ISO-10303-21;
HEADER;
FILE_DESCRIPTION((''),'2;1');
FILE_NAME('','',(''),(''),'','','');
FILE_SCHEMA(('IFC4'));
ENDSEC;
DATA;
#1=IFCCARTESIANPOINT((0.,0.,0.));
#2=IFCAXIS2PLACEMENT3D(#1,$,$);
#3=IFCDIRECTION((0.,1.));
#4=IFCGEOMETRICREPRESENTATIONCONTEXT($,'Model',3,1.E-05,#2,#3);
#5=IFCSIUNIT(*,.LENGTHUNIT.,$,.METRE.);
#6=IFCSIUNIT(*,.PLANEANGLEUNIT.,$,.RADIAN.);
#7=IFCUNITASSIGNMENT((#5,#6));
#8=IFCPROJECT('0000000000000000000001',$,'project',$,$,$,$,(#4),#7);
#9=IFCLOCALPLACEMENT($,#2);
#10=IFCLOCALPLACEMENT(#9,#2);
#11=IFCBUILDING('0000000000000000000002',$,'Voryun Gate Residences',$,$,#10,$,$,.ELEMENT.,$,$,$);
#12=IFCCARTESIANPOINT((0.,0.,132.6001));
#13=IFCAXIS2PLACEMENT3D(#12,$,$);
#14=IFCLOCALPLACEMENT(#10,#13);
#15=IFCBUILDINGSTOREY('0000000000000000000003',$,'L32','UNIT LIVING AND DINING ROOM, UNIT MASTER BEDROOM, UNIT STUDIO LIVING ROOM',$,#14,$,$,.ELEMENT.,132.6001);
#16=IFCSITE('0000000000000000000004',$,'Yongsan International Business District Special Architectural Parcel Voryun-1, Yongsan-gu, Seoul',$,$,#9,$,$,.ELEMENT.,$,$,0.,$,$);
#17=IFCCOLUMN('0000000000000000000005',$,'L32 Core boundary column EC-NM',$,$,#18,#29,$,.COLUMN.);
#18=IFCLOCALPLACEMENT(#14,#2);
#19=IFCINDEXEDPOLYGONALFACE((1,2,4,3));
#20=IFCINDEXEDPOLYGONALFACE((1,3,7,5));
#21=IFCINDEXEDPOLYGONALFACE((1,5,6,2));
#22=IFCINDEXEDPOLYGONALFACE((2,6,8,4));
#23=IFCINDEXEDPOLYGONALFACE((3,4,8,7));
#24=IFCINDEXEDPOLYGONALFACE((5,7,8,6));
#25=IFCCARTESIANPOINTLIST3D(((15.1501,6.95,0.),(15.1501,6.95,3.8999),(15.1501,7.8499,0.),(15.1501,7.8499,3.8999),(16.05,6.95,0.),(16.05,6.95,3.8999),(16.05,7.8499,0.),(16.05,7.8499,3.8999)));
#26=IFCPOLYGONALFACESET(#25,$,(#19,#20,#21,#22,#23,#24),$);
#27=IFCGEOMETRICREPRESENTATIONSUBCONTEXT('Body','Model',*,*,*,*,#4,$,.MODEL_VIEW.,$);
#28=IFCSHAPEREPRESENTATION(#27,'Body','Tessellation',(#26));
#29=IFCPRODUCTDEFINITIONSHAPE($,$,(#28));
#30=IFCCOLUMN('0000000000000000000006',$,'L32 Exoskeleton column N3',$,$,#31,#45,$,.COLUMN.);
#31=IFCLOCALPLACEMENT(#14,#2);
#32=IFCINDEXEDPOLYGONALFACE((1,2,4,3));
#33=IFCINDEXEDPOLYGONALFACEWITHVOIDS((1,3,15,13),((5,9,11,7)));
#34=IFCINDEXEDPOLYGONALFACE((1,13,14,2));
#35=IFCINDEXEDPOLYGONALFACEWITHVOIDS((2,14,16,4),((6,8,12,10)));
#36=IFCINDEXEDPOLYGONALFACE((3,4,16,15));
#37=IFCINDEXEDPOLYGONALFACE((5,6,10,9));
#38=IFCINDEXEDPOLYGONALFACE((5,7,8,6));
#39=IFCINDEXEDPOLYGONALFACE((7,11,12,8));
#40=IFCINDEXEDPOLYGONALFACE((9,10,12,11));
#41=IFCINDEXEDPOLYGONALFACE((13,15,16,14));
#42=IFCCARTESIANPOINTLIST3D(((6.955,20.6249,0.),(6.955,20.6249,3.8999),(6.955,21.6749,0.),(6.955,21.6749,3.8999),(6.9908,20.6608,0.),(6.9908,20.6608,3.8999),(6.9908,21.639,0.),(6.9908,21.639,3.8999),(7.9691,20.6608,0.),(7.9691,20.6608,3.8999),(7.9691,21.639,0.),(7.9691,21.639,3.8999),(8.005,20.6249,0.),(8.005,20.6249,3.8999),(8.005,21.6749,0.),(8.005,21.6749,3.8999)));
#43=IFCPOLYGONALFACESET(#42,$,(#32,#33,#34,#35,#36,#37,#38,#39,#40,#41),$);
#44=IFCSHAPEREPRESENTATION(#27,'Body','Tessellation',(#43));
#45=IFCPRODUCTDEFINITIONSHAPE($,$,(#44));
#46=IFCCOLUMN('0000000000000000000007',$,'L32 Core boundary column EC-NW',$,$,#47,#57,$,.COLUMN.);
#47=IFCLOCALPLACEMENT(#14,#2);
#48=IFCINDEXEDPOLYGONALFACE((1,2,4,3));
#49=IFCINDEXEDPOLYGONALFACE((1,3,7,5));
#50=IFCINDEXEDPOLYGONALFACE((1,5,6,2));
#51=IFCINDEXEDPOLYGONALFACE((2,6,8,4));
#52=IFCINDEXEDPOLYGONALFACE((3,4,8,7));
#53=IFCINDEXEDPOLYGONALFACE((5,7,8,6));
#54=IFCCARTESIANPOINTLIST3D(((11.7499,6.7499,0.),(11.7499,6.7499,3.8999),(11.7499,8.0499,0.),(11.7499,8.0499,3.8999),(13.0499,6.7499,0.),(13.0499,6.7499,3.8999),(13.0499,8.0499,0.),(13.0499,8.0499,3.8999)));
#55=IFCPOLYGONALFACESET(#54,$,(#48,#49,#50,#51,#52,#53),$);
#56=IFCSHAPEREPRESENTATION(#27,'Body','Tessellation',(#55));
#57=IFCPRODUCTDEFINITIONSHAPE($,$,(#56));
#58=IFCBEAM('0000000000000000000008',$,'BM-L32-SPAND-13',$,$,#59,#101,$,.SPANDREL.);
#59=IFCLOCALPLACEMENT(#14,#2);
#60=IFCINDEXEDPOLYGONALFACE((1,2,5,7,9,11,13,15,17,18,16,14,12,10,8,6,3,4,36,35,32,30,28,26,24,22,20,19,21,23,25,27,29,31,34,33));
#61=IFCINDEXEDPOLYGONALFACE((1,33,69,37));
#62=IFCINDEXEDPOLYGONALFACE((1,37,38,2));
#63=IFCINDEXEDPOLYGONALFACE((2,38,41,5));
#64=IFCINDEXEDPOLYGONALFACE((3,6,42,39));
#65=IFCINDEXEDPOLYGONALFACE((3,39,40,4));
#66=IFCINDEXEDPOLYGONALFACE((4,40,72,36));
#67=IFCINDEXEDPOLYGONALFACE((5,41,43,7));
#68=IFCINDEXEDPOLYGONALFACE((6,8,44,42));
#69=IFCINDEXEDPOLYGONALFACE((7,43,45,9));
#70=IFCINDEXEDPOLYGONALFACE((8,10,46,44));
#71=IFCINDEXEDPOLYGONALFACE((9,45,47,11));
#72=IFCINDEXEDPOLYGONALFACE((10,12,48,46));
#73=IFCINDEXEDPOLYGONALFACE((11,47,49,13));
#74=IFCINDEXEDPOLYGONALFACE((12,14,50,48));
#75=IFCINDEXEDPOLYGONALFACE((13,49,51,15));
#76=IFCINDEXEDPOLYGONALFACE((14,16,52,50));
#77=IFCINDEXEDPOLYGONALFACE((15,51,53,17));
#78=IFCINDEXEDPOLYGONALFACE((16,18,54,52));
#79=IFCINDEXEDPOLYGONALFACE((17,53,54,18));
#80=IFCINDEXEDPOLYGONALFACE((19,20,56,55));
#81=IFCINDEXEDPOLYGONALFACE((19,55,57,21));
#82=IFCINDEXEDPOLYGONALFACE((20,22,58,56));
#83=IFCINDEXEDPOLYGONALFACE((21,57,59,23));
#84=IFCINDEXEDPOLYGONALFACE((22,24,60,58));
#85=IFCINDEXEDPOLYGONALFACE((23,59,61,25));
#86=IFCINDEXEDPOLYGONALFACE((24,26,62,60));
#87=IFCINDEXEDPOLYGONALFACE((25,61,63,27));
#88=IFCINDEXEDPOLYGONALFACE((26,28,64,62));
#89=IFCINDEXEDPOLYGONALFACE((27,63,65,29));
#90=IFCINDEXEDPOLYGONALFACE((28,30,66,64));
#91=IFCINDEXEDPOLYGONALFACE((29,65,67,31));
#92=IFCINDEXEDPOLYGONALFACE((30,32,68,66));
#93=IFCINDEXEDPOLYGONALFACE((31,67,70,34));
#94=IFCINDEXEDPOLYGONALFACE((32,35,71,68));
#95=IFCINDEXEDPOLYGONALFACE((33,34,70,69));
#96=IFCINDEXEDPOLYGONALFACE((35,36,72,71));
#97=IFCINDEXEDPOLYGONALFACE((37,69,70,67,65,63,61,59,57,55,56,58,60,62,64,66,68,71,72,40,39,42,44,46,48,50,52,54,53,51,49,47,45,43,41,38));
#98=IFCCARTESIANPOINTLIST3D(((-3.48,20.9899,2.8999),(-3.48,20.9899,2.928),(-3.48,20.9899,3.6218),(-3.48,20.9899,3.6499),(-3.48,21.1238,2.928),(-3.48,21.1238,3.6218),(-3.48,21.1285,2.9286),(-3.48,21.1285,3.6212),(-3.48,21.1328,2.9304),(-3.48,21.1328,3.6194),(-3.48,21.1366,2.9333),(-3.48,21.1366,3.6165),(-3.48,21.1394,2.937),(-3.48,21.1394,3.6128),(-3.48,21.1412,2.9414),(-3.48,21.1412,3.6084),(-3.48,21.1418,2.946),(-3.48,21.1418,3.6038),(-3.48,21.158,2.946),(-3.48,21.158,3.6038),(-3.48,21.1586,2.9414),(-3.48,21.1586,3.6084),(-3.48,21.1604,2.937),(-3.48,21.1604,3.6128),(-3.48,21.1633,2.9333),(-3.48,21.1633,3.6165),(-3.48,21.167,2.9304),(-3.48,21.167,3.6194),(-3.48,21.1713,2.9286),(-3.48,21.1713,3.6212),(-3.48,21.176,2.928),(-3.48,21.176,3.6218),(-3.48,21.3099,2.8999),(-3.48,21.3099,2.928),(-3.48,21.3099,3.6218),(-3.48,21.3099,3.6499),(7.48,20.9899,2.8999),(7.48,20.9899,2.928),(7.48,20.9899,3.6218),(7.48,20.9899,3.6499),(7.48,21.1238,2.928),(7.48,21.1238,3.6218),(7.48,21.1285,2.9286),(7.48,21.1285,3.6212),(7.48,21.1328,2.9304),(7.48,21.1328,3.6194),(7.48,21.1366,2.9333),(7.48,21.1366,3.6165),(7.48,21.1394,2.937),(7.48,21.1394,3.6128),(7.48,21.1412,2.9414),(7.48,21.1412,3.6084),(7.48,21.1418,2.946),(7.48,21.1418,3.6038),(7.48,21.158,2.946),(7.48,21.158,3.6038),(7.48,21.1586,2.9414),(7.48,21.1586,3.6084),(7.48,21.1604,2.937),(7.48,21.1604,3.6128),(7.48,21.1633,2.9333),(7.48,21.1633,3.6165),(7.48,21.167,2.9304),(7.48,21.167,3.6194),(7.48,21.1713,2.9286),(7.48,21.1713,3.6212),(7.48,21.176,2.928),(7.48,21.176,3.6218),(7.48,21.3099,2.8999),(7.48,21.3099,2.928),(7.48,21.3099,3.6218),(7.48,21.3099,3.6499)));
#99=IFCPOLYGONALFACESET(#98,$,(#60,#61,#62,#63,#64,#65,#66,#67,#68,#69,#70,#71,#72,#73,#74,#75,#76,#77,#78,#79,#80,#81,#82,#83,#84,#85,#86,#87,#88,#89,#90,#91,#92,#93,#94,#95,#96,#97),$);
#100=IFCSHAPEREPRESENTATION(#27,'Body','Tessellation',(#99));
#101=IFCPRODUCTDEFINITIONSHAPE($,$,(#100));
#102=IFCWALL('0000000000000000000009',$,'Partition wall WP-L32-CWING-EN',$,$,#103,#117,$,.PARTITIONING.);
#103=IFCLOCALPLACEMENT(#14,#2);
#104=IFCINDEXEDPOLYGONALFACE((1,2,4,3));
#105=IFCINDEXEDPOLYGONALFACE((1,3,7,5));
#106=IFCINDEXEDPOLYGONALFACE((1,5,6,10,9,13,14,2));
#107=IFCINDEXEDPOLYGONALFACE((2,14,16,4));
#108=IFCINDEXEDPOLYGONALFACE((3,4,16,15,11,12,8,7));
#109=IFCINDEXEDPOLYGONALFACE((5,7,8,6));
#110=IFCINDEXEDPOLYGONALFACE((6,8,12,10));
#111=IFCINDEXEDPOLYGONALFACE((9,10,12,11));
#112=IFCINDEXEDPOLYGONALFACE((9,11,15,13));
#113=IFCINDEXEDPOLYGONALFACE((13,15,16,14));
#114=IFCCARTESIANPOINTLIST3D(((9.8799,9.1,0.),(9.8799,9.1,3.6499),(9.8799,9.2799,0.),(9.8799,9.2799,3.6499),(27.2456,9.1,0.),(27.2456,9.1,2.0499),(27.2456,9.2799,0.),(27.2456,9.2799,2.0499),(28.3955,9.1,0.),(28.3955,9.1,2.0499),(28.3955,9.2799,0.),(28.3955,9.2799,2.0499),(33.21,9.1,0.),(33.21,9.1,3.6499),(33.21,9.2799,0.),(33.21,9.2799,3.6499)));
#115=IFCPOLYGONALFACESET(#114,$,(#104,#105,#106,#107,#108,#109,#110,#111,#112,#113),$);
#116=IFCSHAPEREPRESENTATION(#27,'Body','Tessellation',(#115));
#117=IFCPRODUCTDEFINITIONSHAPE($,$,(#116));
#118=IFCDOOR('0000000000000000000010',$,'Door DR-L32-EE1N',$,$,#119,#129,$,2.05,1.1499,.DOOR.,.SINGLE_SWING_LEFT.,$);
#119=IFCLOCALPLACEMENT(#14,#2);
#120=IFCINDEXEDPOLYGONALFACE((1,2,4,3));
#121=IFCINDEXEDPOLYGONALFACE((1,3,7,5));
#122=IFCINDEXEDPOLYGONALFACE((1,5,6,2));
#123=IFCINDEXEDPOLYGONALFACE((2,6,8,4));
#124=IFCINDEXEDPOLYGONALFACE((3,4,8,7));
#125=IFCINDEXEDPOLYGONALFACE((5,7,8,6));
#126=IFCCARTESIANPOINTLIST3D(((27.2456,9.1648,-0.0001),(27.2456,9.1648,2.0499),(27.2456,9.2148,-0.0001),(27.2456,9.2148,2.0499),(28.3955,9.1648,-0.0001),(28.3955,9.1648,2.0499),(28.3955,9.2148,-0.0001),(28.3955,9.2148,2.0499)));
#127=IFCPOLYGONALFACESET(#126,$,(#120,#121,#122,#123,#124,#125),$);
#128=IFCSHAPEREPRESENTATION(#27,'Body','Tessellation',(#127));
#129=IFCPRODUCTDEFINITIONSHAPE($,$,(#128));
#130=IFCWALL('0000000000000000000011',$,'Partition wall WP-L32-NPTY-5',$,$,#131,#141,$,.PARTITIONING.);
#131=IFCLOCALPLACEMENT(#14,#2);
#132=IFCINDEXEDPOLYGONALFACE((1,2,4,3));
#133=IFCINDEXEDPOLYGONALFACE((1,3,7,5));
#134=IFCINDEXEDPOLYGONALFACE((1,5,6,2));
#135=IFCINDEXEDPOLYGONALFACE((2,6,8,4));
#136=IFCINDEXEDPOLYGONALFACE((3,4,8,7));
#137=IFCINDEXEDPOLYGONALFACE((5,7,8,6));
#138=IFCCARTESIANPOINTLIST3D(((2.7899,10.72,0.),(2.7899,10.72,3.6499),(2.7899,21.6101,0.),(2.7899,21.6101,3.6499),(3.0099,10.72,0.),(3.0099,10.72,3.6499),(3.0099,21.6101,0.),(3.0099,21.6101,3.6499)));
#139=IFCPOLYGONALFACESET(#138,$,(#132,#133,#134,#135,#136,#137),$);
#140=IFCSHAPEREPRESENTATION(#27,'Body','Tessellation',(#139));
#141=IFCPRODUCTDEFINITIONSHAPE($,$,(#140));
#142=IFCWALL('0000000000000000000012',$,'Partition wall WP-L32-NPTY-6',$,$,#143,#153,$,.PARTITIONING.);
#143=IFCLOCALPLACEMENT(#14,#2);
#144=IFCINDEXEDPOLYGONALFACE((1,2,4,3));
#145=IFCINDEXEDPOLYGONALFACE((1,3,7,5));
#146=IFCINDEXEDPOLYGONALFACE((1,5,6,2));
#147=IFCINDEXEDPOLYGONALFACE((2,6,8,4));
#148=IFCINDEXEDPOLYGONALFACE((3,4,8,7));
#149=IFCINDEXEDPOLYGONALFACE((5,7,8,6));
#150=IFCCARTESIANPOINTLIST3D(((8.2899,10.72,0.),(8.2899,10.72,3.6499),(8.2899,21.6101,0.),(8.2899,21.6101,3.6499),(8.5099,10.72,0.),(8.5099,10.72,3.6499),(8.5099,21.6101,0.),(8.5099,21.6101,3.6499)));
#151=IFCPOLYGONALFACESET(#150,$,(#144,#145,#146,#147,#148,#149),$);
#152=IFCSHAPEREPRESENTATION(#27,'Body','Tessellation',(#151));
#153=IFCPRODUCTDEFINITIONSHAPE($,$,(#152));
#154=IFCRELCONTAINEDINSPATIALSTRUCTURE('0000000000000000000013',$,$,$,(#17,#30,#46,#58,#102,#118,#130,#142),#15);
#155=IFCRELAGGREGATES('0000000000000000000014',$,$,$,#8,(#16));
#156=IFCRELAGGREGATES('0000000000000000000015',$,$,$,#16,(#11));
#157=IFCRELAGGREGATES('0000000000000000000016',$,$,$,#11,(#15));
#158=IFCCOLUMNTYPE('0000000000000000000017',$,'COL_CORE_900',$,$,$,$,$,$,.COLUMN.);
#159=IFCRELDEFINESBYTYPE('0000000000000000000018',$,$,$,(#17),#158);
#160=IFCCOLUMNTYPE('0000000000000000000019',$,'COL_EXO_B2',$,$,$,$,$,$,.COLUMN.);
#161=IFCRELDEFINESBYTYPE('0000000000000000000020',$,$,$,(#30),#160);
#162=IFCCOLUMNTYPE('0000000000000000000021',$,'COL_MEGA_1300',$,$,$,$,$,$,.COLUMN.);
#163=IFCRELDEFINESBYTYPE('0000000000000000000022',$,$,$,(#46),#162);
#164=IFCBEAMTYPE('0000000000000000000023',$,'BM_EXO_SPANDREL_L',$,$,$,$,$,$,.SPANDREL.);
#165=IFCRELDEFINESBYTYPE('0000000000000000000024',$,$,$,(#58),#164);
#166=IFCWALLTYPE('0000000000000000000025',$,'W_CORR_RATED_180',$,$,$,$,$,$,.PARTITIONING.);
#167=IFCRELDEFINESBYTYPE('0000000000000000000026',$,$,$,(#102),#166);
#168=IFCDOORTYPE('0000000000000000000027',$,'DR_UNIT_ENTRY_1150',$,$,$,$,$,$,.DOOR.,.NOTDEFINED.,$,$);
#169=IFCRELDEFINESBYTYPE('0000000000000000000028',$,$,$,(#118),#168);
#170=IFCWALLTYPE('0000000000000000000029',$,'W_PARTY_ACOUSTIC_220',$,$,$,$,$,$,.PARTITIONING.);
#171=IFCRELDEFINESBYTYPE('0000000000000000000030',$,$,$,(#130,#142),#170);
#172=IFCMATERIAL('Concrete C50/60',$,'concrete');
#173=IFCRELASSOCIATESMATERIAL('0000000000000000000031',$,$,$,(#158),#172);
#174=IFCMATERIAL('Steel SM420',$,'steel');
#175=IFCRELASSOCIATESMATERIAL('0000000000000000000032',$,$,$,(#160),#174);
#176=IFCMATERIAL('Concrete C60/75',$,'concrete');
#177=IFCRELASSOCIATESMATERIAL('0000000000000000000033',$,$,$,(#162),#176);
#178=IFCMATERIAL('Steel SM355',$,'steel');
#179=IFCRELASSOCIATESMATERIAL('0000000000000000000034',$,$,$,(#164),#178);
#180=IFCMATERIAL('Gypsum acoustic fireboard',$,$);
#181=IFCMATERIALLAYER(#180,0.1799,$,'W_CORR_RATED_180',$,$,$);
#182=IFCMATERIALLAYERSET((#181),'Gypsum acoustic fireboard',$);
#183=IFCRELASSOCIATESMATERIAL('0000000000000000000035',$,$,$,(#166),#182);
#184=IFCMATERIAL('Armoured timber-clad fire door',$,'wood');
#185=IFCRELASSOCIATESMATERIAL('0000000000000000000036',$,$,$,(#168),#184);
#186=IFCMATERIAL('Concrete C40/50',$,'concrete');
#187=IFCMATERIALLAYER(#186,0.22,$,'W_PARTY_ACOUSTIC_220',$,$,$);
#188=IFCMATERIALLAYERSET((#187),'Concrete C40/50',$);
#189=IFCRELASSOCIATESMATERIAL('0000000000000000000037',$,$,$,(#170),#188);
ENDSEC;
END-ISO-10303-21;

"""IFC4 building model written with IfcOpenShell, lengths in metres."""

from ifc_helpers import new_model, si_unit, direction, frame, frame_2d, origin, origin_2d, place, context, subcontext, project, spatial, rectangle, hollow_rectangle, i_section, extrude, material, layer, layer_set, material_profile, profile_set, type_object, element, fill, save


model = new_model("IFC4")

# Units and contexts
model_context = context("Model", 3, precision=1e-05, world=origin(), true_north=direction((0.0, 1.0)))
body_context = subcontext(model_context, "Body", "Model", "MODEL_VIEW")
ifc_project = project(units=[si_unit("LENGTHUNIT", "METRE"), si_unit("PLANEANGLEUNIT", "RADIAN")], contexts=[model_context])

# Site, building, storey
site_placement = place(None, origin())
site = spatial("IfcSite", under=ifc_project, at=site_placement, Name="Yongsan International Business District Special Architectural Parcel Voryun-1, Yongsan-gu, Seoul", CompositionType="ELEMENT", RefElevation=0.0)
building_placement = place(site_placement, origin())
building = spatial("IfcBuilding", under=site, at=building_placement, Name="Voryun Gate Residences", CompositionType="ELEMENT")
storey_placement = place(building_placement, frame((0.0, 0.0, 132.6001)))
storey = spatial("IfcBuildingStorey", under=building, at=storey_placement, Name="L32", Description="UNIT LIVING AND DINING ROOM, UNIT MASTER BEDROOM, UNIT STUDIO LIVING ROOM", CompositionType="ELEMENT", Elevation=132.6001)

# Columns
ifc_material_1 = material(Name="Concrete C50/60", Category="concrete")
ifc_material_profile_1 = material_profile(ifc_material_1, rectangle(XDim=0.8999, YDim=0.8999, at=origin_2d()), Name="RC-900x900")
ifc_profile_set_1 = profile_set([ifc_material_profile_1], Name="Concrete C50/60")
column_type_1 = type_object("IfcColumnType", Name="COL_CORE_900", PredefinedType="COLUMN", material=ifc_profile_set_1)
column_1_placement = place(storey_placement, frame((15.6001, 7.3999, 0.0), z_axis=(0.0, 0.0, 1.0), x_axis=(1.0, 0.0, 0.0)))
element("IfcColumn", 1, at=column_1_placement, inside=storey, type_object=column_type_1, Name="L32 Core boundary column EC-NM", PredefinedType="COLUMN", context=body_context, shape_type="SweptSolid", body=[
    extrude(rectangle(XDim=0.8999, YDim=0.8999, at=origin_2d()), origin(), (0.0, 0.0, 1.0), 3.8999),
])
ifc_material_2 = material(Name="Steel SM420", Category="steel")
ifc_material_profile_2 = material_profile(ifc_material_2, hollow_rectangle(XDim=1.05, YDim=1.05, WallThickness=0.0359, at=origin_2d()), Name="BOX-1050x1050x36")
ifc_profile_set_2 = profile_set([ifc_material_profile_2], Name="Steel SM420")
column_type_2 = type_object("IfcColumnType", Name="COL_EXO_B2", PredefinedType="COLUMN", material=ifc_profile_set_2)
column_2_placement = place(storey_placement, frame((7.48, 21.1499, 0.0), z_axis=(0.0, 0.0, 1.0), x_axis=(1.0, 0.0, 0.0)))
element("IfcColumn", 2, at=column_2_placement, inside=storey, type_object=column_type_2, Name="L32 Exoskeleton column N3", PredefinedType="COLUMN", context=body_context, shape_type="SweptSolid", body=[
    extrude(hollow_rectangle(XDim=1.05, YDim=1.05, WallThickness=0.0359, at=origin_2d()), origin(), (0.0, 0.0, 1.0), 3.8999),
])
ifc_material_3 = material(Name="Concrete C60/75", Category="concrete")
ifc_material_profile_3 = material_profile(ifc_material_3, rectangle(XDim=1.3, YDim=1.3, at=origin_2d()), Name="RC-1300x1300")
ifc_profile_set_3 = profile_set([ifc_material_profile_3], Name="Concrete C60/75")
column_type_3 = type_object("IfcColumnType", Name="COL_MEGA_1300", PredefinedType="COLUMN", material=ifc_profile_set_3)
column_3_placement = place(storey_placement, frame((12.3999, 7.3999, 0.0), z_axis=(0.0, 0.0, 1.0), x_axis=(1.0, 0.0, 0.0)))
element("IfcColumn", 3, at=column_3_placement, inside=storey, type_object=column_type_3, Name="L32 Core boundary column EC-NW", PredefinedType="COLUMN", context=body_context, shape_type="SweptSolid", body=[
    extrude(rectangle(XDim=1.3, YDim=1.3, at=origin_2d()), origin(), (0.0, 0.0, 1.0), 3.8999),
])

# Beam
ifc_material_4 = material(Name="Steel SM355", Category="steel")
ifc_material_profile_4 = material_profile(ifc_material_4, i_section(OverallWidth=0.3201, OverallDepth=0.75, WebThickness=0.0161, FlangeThickness=0.0281, FilletRadius=0.0181, at=origin_2d()), Name="H-750x320x16x28")
ifc_profile_set_4 = profile_set([ifc_material_profile_4], Name="Steel SM355")
beam_type = type_object("IfcBeamType", Name="BM_EXO_SPANDREL_L", PredefinedType="SPANDREL", material=ifc_profile_set_4)
beam_placement = place(storey_placement, frame((7.48, 21.1499, 3.2749), z_axis=(-1.0, 0.0, 0.0), x_axis=(0.0, -1.0, 0.0)))
element("IfcBeam", 4, at=beam_placement, inside=storey, type_object=beam_type, Name="BM-L32-SPAND-13", PredefinedType="SPANDREL", context=body_context, shape_type="SweptSolid", body=[
    extrude(i_section(OverallWidth=0.3201, OverallDepth=0.75, WebThickness=0.0161, FlangeThickness=0.0281, FilletRadius=0.0181, at=origin_2d()), origin(), (0.0, 0.0, 1.0), 10.96),
])

# Wall, opening, door
ifc_material_5 = material(Name="Gypsum acoustic fireboard")
ifc_layer_1 = layer(ifc_material_5, 0.1799, Name="W_CORR_RATED_180")
ifc_layer_set_1 = layer_set([ifc_layer_1], Name="Gypsum acoustic fireboard")
wall_type_1 = type_object("IfcWallType", Name="W_CORR_RATED_180", PredefinedType="PARTITIONING", material=ifc_layer_set_1)
wall_1_placement = place(storey_placement, frame((9.8799, 9.1899, 0.0), z_axis=(0.0, 0.0, 1.0), x_axis=(1.0, 0.0, 0.0)))
wall_1 = element("IfcWall", 5, at=wall_1_placement, inside=storey, type_object=wall_type_1, Name="Partition wall WP-L32-CWING-EN", PredefinedType="PARTITIONING", context=body_context, shape_type="SweptSolid", body=[
    extrude(rectangle(XDim=23.3301, YDim=0.1799, at=frame_2d((11.665, 0.0))), origin(), (0.0, 0.0, 1.0), 3.6499),
])
opening_1_placement = place(wall_1_placement, frame((17.3657, 0.0, 0.0)))
opening_1 = element("IfcOpeningElement", 6, at=opening_1_placement, cuts=wall_1, PredefinedType="OPENING", context=body_context, shape_type="SweptSolid", body=[
    extrude(rectangle(XDim=1.1499, YDim=2.05, at=frame_2d((0.575, 1.0249))), frame((0.0, 0.0999, 0.0), z_axis=(0.0, -1.0, 0.0), x_axis=(1.0, 0.0, 0.0)), (0.0, 0.0, 1.0), 0.2),
])
ifc_material_6 = material(Name="Armoured timber-clad fire door", Category="wood")
door_type_1 = type_object("IfcDoorType", Name="DR_UNIT_ENTRY_1150", OperationType="NOTDEFINED", PredefinedType="DOOR", material=ifc_material_6)
door_1_placement = place(opening_1_placement, origin())
door_1 = element("IfcDoor", 7, at=door_1_placement, inside=storey, type_object=door_type_1, Name="Door DR-L32-EE1N", OperationType="SINGLE_SWING_LEFT", OverallHeight=2.05, OverallWidth=1.1499, PredefinedType="DOOR", context=body_context, shape_type="SweptSolid", body=[
    extrude(rectangle(XDim=1.1499, YDim=2.05, at=frame_2d((0.575, 1.0249))), frame((0.0, 0.0249, 0.0), z_axis=(0.0, -1.0, 0.0), x_axis=(1.0, 0.0, 0.0)), (0.0, 0.0, 1.0), 0.05),
])
fill(opening_1, door_1)

# Walls
ifc_material_7 = material(Name="Concrete C40/50", Category="concrete")
ifc_layer_2 = layer(ifc_material_7, 0.22, Name="W_PARTY_ACOUSTIC_220")
ifc_layer_set_2 = layer_set([ifc_layer_2], Name="Concrete C40/50")
wall_type_2 = type_object("IfcWallType", Name="W_PARTY_ACOUSTIC_220", PredefinedType="PARTITIONING", material=ifc_layer_set_2)
for number, where, z_axis, x_axis, name in (
    (8, (2.8999, 10.72, 0.0), (0.0, 0.0, 1.0), (0.0, 1.0, 0.0), "Partition wall WP-L32-NPTY-5"),
    (9, (8.3999, 10.72, 0.0), (0.0, 0.0, 1.0), (0.0, 1.0, 0.0), "Partition wall WP-L32-NPTY-6"),
):
    element("IfcWall", number, at=place(storey_placement, frame(where, z_axis=z_axis, x_axis=x_axis)), inside=storey, type_object=wall_type_2, Name=name, PredefinedType="PARTITIONING", context=body_context, shape_type="SweptSolid", body=[
        extrude(rectangle(XDim=10.8901, YDim=0.22, at=frame_2d((5.4451, 0.0))), origin(), (0.0, 0.0, 1.0), 3.6499),
    ])

save(model, "model.ifc")
